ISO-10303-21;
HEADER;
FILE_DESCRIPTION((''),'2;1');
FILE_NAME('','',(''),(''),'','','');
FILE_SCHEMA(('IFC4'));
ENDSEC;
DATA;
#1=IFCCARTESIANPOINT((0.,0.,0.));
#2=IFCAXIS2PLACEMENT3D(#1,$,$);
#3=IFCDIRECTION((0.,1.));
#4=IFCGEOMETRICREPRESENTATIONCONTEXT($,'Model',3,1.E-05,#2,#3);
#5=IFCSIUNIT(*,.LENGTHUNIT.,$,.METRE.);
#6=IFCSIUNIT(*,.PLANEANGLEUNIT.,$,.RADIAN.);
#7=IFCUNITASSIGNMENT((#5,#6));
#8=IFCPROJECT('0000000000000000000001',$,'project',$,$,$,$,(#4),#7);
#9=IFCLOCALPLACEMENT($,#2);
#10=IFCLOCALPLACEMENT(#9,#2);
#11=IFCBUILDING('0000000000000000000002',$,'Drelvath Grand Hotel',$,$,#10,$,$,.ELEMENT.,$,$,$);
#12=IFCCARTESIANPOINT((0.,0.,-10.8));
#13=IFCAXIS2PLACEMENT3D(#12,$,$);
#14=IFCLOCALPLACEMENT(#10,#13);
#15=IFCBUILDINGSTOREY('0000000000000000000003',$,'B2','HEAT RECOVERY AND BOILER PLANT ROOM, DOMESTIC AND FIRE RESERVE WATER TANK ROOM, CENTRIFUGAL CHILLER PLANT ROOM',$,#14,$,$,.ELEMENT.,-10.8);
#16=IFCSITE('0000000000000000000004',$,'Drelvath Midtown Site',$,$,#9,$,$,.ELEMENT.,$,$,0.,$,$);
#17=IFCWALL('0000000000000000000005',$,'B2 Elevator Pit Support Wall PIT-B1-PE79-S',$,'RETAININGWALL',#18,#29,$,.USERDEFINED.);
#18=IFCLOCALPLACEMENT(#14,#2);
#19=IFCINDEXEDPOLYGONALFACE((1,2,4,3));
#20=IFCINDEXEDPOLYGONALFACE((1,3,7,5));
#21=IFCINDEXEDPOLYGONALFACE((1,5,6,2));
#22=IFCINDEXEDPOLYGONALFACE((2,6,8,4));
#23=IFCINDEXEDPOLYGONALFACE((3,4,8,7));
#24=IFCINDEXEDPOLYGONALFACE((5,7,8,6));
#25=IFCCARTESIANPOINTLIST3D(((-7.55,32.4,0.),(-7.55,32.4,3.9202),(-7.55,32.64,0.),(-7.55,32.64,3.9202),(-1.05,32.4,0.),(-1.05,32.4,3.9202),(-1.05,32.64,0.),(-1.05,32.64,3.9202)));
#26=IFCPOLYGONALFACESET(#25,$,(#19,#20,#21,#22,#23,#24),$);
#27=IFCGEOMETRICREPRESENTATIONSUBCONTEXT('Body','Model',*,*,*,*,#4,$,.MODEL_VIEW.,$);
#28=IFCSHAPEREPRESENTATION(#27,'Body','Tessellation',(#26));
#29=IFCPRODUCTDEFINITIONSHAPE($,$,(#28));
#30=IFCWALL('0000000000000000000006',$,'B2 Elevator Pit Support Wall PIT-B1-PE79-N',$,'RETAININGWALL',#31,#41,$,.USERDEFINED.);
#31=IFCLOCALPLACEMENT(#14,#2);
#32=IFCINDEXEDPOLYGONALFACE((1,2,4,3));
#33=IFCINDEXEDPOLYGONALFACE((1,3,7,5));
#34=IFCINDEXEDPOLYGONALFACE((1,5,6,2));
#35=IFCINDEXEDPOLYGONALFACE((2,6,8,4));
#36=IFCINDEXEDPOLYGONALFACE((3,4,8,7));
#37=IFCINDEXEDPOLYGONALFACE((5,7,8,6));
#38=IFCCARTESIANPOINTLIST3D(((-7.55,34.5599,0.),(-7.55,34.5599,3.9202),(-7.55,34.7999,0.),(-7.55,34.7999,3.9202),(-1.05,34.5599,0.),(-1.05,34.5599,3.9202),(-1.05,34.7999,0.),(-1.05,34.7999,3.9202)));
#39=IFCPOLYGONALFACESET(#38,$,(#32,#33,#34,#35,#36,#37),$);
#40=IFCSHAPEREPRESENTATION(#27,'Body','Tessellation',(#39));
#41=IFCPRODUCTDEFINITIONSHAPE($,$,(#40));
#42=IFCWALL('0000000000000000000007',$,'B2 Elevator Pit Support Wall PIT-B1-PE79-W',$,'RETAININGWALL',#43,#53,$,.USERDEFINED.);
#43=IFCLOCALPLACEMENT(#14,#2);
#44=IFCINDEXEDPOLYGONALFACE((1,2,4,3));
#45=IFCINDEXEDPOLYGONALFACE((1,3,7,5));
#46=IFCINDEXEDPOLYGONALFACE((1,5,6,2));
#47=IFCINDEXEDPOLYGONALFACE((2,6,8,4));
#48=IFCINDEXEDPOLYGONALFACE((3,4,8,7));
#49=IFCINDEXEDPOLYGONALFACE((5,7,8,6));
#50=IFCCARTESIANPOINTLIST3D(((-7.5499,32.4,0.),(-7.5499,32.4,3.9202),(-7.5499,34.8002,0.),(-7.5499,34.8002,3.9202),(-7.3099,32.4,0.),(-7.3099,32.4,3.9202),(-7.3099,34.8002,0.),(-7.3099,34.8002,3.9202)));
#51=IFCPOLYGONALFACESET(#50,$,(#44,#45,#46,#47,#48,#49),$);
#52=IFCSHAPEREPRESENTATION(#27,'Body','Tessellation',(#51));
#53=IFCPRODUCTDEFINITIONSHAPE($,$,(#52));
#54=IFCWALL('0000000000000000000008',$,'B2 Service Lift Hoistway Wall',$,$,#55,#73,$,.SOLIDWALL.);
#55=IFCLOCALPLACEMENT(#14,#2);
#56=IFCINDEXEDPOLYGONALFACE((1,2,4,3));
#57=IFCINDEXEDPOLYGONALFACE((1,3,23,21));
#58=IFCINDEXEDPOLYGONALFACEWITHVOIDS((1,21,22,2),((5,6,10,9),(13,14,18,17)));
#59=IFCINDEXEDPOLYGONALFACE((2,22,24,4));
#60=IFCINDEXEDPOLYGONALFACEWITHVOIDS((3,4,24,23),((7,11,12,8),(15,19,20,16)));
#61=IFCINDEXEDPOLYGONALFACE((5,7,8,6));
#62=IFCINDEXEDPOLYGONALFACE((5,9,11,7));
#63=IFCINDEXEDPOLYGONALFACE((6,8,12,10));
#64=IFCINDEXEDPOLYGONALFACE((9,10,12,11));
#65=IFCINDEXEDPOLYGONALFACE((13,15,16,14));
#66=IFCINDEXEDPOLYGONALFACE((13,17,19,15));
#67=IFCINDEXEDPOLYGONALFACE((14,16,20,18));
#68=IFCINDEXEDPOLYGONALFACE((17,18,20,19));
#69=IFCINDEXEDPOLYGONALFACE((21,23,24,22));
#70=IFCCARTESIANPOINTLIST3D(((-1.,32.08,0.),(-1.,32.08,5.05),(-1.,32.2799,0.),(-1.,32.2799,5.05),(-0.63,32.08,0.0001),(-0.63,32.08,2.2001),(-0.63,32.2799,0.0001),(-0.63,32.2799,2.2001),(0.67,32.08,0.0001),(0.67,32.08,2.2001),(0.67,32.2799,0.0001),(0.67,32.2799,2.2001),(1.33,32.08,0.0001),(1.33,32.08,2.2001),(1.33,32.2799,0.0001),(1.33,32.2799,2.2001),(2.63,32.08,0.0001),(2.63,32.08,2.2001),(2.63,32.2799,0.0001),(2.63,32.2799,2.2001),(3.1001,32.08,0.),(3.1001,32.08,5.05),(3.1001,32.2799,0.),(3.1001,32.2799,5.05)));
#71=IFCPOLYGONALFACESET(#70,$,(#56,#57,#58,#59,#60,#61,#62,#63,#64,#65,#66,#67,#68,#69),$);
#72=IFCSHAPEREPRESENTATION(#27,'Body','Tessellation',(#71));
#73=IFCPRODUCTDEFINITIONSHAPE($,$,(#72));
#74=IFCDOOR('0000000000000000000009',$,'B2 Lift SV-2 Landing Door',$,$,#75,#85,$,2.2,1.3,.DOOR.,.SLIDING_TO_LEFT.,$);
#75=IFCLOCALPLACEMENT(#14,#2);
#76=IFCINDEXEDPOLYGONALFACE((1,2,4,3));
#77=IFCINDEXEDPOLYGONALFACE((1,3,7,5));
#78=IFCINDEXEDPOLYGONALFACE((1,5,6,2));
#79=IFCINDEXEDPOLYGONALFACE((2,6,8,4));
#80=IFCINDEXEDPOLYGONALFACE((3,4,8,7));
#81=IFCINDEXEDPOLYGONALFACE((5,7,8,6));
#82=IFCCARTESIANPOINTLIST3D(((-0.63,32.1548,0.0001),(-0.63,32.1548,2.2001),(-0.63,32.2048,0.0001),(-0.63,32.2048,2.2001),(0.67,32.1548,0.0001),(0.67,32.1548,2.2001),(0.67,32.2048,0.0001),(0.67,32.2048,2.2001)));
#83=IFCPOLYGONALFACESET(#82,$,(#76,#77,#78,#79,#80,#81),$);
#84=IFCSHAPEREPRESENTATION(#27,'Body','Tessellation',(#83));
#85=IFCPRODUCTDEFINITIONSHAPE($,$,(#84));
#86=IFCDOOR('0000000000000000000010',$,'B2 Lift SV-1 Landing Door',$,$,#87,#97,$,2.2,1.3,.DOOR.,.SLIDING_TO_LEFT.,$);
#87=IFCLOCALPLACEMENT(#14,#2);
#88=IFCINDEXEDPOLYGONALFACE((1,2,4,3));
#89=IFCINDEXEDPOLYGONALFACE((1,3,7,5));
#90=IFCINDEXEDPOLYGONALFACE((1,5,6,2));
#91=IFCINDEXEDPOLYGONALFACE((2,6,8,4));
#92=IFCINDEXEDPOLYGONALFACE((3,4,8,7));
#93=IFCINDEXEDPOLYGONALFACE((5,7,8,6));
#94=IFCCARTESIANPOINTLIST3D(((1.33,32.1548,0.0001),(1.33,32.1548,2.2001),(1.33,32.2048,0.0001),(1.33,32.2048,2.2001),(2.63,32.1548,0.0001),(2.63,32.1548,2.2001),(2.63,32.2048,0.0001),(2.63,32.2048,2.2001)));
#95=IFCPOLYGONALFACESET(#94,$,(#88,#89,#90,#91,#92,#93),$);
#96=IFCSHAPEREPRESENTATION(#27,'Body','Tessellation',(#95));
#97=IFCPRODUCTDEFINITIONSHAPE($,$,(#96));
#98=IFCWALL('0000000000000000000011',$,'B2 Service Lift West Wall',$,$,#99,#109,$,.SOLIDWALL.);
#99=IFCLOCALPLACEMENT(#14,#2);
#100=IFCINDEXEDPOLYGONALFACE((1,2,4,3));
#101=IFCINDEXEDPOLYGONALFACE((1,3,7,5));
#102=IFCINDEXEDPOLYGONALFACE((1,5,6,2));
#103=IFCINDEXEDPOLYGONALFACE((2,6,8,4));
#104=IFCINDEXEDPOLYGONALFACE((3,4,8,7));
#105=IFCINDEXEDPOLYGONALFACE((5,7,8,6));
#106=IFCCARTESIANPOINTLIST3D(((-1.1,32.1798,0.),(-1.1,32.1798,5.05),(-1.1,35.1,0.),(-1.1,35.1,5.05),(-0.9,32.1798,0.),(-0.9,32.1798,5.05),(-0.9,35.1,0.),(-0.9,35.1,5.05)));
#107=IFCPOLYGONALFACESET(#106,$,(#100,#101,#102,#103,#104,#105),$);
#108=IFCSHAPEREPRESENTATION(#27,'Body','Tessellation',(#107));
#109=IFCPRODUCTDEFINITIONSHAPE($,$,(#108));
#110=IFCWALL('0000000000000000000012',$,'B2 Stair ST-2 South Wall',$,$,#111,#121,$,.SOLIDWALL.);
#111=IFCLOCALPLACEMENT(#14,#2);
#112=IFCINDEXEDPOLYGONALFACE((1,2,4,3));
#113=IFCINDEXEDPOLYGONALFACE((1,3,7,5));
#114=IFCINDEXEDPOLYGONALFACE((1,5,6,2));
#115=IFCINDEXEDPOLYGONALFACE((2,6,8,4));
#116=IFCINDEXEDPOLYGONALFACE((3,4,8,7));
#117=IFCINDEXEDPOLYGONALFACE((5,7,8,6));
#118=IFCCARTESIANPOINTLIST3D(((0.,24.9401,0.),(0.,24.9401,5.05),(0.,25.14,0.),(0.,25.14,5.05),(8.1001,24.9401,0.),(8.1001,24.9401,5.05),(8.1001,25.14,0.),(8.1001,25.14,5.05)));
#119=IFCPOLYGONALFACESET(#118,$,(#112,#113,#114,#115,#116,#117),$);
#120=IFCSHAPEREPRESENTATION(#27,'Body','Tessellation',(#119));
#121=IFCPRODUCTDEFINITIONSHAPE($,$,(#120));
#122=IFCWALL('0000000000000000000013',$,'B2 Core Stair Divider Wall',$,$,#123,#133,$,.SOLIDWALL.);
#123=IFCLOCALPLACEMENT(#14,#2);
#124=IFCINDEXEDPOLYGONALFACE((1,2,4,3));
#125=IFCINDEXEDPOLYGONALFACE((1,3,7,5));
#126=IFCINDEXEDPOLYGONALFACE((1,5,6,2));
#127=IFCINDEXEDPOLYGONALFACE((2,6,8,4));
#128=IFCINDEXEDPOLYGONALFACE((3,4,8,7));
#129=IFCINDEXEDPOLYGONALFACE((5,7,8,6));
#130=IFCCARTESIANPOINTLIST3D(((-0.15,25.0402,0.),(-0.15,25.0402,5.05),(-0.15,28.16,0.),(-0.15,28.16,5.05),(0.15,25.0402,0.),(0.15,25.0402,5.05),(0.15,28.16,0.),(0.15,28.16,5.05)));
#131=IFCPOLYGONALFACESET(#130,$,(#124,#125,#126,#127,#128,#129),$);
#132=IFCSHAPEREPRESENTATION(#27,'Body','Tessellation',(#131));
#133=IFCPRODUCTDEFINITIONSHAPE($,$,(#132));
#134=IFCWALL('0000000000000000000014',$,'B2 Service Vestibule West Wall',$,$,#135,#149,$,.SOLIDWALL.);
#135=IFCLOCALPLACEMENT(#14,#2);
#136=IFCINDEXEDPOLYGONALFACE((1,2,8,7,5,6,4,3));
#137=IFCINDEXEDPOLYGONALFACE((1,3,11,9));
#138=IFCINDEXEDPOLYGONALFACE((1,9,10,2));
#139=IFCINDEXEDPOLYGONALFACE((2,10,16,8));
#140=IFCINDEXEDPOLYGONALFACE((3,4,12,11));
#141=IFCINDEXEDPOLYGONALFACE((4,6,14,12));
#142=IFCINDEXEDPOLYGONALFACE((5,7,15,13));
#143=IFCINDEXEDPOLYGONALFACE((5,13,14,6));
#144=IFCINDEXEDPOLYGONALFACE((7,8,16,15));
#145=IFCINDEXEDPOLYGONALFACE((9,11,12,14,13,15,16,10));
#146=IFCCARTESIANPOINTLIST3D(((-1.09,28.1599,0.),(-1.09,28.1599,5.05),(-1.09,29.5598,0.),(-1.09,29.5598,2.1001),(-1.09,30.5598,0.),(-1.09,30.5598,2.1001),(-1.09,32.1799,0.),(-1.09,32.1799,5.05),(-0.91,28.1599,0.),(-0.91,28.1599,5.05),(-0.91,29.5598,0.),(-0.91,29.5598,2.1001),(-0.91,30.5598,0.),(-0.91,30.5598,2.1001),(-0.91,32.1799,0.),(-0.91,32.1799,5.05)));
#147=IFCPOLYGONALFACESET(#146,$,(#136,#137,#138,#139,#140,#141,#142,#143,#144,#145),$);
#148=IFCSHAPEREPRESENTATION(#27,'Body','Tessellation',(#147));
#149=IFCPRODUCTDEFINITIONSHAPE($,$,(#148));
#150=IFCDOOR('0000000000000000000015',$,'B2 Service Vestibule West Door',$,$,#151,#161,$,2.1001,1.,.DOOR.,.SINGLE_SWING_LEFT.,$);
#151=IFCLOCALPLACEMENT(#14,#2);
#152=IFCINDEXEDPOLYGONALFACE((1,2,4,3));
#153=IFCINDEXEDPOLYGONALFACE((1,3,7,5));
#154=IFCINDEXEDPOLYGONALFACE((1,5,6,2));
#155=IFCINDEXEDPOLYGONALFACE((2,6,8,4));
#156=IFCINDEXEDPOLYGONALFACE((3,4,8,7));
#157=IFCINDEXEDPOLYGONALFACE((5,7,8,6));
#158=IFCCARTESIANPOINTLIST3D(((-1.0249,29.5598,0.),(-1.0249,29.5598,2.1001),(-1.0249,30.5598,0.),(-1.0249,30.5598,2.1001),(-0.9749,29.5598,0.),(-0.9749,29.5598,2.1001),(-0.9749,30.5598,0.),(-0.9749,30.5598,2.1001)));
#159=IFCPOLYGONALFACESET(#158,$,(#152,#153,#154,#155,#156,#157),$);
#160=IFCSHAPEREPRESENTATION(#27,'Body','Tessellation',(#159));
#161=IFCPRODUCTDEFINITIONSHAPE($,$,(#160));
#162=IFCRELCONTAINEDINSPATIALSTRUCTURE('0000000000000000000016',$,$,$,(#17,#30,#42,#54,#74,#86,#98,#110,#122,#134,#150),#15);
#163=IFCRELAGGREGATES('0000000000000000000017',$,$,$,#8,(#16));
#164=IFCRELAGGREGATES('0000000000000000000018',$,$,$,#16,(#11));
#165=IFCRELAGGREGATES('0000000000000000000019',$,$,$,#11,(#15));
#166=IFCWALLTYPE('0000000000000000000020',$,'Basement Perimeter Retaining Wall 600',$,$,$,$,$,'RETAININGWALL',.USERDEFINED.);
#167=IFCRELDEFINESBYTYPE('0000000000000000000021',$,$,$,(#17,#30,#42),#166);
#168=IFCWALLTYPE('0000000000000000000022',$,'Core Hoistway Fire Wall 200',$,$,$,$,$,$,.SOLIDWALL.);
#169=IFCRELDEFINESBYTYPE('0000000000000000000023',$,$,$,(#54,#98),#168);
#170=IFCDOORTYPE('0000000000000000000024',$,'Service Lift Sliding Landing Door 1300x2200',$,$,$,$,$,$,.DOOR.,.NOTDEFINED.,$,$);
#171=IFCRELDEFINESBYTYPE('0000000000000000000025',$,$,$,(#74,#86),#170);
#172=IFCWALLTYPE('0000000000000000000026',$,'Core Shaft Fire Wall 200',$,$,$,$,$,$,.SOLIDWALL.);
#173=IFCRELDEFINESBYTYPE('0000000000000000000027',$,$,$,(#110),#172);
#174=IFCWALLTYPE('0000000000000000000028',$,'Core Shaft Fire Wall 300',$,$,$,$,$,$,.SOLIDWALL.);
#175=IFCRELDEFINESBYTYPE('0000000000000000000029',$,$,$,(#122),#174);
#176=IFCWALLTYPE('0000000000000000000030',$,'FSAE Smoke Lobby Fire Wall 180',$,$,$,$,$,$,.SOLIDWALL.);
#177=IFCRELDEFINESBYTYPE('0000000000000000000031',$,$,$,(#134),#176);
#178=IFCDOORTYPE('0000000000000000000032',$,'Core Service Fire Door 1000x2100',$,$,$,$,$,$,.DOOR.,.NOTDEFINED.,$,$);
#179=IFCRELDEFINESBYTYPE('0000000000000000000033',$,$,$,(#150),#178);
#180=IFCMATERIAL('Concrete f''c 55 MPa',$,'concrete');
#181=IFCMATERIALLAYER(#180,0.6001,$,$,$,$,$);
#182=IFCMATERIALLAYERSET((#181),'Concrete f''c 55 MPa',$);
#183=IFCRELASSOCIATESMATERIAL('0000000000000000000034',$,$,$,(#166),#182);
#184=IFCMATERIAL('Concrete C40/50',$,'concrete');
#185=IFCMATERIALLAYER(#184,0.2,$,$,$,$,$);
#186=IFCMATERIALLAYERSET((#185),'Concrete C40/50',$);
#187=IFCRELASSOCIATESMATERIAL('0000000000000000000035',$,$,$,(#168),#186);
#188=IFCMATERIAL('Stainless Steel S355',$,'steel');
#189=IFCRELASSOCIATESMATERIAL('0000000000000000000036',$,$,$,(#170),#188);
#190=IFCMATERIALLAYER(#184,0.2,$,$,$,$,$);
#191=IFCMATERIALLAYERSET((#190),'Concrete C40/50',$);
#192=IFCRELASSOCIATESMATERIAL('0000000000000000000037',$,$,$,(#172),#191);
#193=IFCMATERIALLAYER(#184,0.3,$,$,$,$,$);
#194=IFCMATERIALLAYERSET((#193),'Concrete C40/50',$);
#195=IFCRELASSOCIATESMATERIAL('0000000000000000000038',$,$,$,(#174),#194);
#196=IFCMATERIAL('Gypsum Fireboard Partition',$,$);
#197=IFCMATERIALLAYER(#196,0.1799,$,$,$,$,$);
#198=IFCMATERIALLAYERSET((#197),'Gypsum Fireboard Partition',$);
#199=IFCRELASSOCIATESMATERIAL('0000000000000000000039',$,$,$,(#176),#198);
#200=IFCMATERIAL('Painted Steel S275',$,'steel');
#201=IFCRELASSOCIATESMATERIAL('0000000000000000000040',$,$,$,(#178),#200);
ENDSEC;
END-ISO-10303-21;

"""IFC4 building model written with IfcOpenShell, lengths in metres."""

from ifc_helpers import new_model, si_unit, direction, frame, frame_2d, origin, place, context, subcontext, project, spatial, rectangle, extrude, material, layer, layer_set, type_object, element, fill, save


model = new_model("IFC4")

# Units and contexts
model_context = context("Model", 3, precision=1e-05, world=origin(), true_north=direction((0.0, 1.0)))
body_context = subcontext(model_context, "Body", "Model", "MODEL_VIEW")
ifc_project = project(units=[si_unit("LENGTHUNIT", "METRE"), si_unit("PLANEANGLEUNIT", "RADIAN")], contexts=[model_context])

# Site, building, storey
site_placement = place(None, origin())
site = spatial("IfcSite", under=ifc_project, at=site_placement, Name="Drelvath Midtown Site", CompositionType="ELEMENT", RefElevation=0.0)
building_placement = place(site_placement, origin())
building = spatial("IfcBuilding", under=site, at=building_placement, Name="Drelvath Grand Hotel", CompositionType="ELEMENT")
storey_placement = place(building_placement, frame((0.0, 0.0, -10.8)))
storey = spatial("IfcBuildingStorey", under=building, at=storey_placement, Name="B2", Description="HEAT RECOVERY AND BOILER PLANT ROOM, DOMESTIC AND FIRE RESERVE WATER TANK ROOM, CENTRIFUGAL CHILLER PLANT ROOM", CompositionType="ELEMENT", Elevation=-10.8)

# Shared definitions
ifc_material_1 = material(Name="Concrete f'c 55 MPa", Category="concrete")

# Walls
ifc_layer_1 = layer(ifc_material_1, 0.6001)
ifc_layer_set_1 = layer_set([ifc_layer_1], Name="Concrete f'c 55 MPa")
wall_type_1 = type_object("IfcWallType", Name="Basement Perimeter Retaining Wall 600", ElementType="RETAININGWALL", PredefinedType="USERDEFINED", material=ifc_layer_set_1)
for number, where, z_axis, x_axis, name in (
    (1, (-7.55, 32.52, 0.0), (0.0, 0.0, 1.0), (1.0, 0.0, 0.0), "B2 Elevator Pit Support Wall PIT-B1-PE79-S"),
    (2, (-7.55, 34.6799, 0.0), (0.0, 0.0, 1.0), (1.0, 0.0, 0.0), "B2 Elevator Pit Support Wall PIT-B1-PE79-N"),
):
    element("IfcWall", number, at=place(storey_placement, frame(where, z_axis=z_axis, x_axis=x_axis)), inside=storey, type_object=wall_type_1, Name=name, ObjectType="RETAININGWALL", PredefinedType="USERDEFINED", context=body_context, shape_type="SweptSolid", body=[
        extrude(rectangle(XDim=6.5, YDim=0.24, at=frame_2d((3.25, 0.0))), origin(), (0.0, 0.0, 1.0), 3.9202),
    ])
wall_1_placement = place(storey_placement, frame((-7.4299, 32.3999, 0.0), z_axis=(0.0, 0.0, 1.0), x_axis=(0.0, 1.0, 0.0)))
element("IfcWall", 3, at=wall_1_placement, inside=storey, type_object=wall_type_1, Name="B2 Elevator Pit Support Wall PIT-B1-PE79-W", ObjectType="RETAININGWALL", PredefinedType="USERDEFINED", context=body_context, shape_type="SweptSolid", body=[
    extrude(rectangle(XDim=2.4001, YDim=0.24, at=frame_2d((1.2002, 0.0))), origin(), (0.0, 0.0, 1.0), 3.9202),
])

# Wall, openings, doors
ifc_material_2 = material(Name="Concrete C40/50", Category="concrete")
ifc_layer_2 = layer(ifc_material_2, 0.2)
ifc_layer_set_2 = layer_set([ifc_layer_2], Name="Concrete C40/50")
wall_type_2 = type_object("IfcWallType", Name="Core Hoistway Fire Wall 200", PredefinedType="SOLIDWALL", material=ifc_layer_set_2)
wall_2_placement = place(storey_placement, frame((-1.0, 32.1799, 0.0), z_axis=(0.0, 0.0, 1.0), x_axis=(1.0, 0.0, 0.0)))
wall_2 = element("IfcWall", 4, at=wall_2_placement, inside=storey, type_object=wall_type_2, Name="B2 Service Lift Hoistway Wall", PredefinedType="SOLIDWALL", context=body_context, shape_type="SweptSolid", body=[
    extrude(rectangle(XDim=4.1001, YDim=0.2, at=frame_2d((2.05, 0.0))), origin(), (0.0, 0.0, 1.0), 5.05),
])
opening_1_placement = place(wall_2_placement, frame((0.3701, 0.0, 0.0)))
opening_1 = element("IfcOpeningElement", 5, at=opening_1_placement, cuts=wall_2, PredefinedType="OPENING", context=body_context, shape_type="SweptSolid", body=[
    extrude(rectangle(XDim=1.3, YDim=2.2, at=frame_2d((0.6499, 1.1001))), frame((0.0, 0.1099, 0.0), z_axis=(0.0, -1.0, 0.0), x_axis=(1.0, 0.0, 0.0)), (0.0, 0.0, 1.0), 0.22),
])
opening_2_placement = place(wall_2_placement, frame((2.3301, 0.0, 0.0)))
opening_2 = element("IfcOpeningElement", 6, at=opening_2_placement, cuts=wall_2, PredefinedType="OPENING", context=body_context, shape_type="SweptSolid", body=[
    extrude(rectangle(XDim=1.3, YDim=2.2, at=frame_2d((0.6499, 1.1001))), frame((0.0, 0.1099, 0.0), z_axis=(0.0, -1.0, 0.0), x_axis=(1.0, 0.0, 0.0)), (0.0, 0.0, 1.0), 0.22),
])
ifc_material_3 = material(Name="Stainless Steel S355", Category="steel")
door_type_1 = type_object("IfcDoorType", Name="Service Lift Sliding Landing Door 1300x2200", OperationType="NOTDEFINED", PredefinedType="DOOR", material=ifc_material_3)
door_1_placement = place(opening_1_placement, origin())
door_1 = element("IfcDoor", 7, at=door_1_placement, inside=storey, type_object=door_type_1, Name="B2 Lift SV-2 Landing Door", OperationType="SLIDING_TO_LEFT", OverallHeight=2.2, OverallWidth=1.3, PredefinedType="DOOR", context=body_context, shape_type="SweptSolid", body=[
    extrude(rectangle(XDim=1.3, YDim=2.2, at=frame_2d((0.6499, 1.1001))), frame((0.0, 0.0249, 0.0), z_axis=(0.0, -1.0, 0.0), x_axis=(1.0, 0.0, 0.0)), (0.0, 0.0, 1.0), 0.05),
])
fill(opening_1, door_1)
door_2_placement = place(opening_2_placement, origin())
door_2 = element("IfcDoor", 8, at=door_2_placement, inside=storey, type_object=door_type_1, Name="B2 Lift SV-1 Landing Door", OperationType="SLIDING_TO_LEFT", OverallHeight=2.2, OverallWidth=1.3, PredefinedType="DOOR", context=body_context, shape_type="SweptSolid", body=[
    extrude(rectangle(XDim=1.3, YDim=2.2, at=frame_2d((0.6499, 1.1001))), frame((0.0, 0.0249, 0.0), z_axis=(0.0, -1.0, 0.0), x_axis=(1.0, 0.0, 0.0)), (0.0, 0.0, 1.0), 0.05),
])
fill(opening_2, door_2)

# Walls
wall_3_placement = place(storey_placement, frame((-1.0, 32.1799, 0.0), z_axis=(0.0, 0.0, 1.0), x_axis=(0.0, 1.0, 0.0)))
element("IfcWall", 9, at=wall_3_placement, inside=storey, type_object=wall_type_2, Name="B2 Service Lift West Wall", PredefinedType="SOLIDWALL", context=body_context, shape_type="SweptSolid", body=[
    extrude(rectangle(XDim=2.9202, YDim=0.2, at=frame_2d((1.46, 0.0))), origin(), (0.0, 0.0, 1.0), 5.05),
])
ifc_layer_3 = layer(ifc_material_2, 0.2)
ifc_layer_set_3 = layer_set([ifc_layer_3], Name="Concrete C40/50")
wall_type_3 = type_object("IfcWallType", Name="Core Shaft Fire Wall 200", PredefinedType="SOLIDWALL", material=ifc_layer_set_3)
wall_4_placement = place(storey_placement, frame((0.0, 25.04, 0.0), z_axis=(0.0, 0.0, 1.0), x_axis=(1.0, 0.0, 0.0)))
element("IfcWall", 10, at=wall_4_placement, inside=storey, type_object=wall_type_3, Name="B2 Stair ST-2 South Wall", PredefinedType="SOLIDWALL", context=body_context, shape_type="SweptSolid", body=[
    extrude(rectangle(XDim=8.1001, YDim=0.2, at=frame_2d((4.05, 0.0))), origin(), (0.0, 0.0, 1.0), 5.05),
])
ifc_layer_4 = layer(ifc_material_2, 0.3)
ifc_layer_set_4 = layer_set([ifc_layer_4], Name="Concrete C40/50")
wall_type_4 = type_object("IfcWallType", Name="Core Shaft Fire Wall 300", PredefinedType="SOLIDWALL", material=ifc_layer_set_4)
wall_5_placement = place(storey_placement, frame((0.0, 25.04, 0.0), z_axis=(0.0, 0.0, 1.0), x_axis=(0.0, 1.0, 0.0)))
element("IfcWall", 11, at=wall_5_placement, inside=storey, type_object=wall_type_4, Name="B2 Core Stair Divider Wall", PredefinedType="SOLIDWALL", context=body_context, shape_type="SweptSolid", body=[
    extrude(rectangle(XDim=3.1199, YDim=0.3, at=frame_2d((1.5601, 0.0))), origin(), (0.0, 0.0, 1.0), 5.05),
])

# Wall, opening, door
ifc_material_4 = material(Name="Gypsum Fireboard Partition")
ifc_layer_5 = layer(ifc_material_4, 0.1799)
ifc_layer_set_5 = layer_set([ifc_layer_5], Name="Gypsum Fireboard Partition")
wall_type_5 = type_object("IfcWallType", Name="FSAE Smoke Lobby Fire Wall 180", PredefinedType="SOLIDWALL", material=ifc_layer_set_5)
wall_6_placement = place(storey_placement, frame((-1.0, 28.1599, 0.0), z_axis=(0.0, 0.0, 1.0), x_axis=(0.0, 1.0, 0.0)))
wall_6 = element("IfcWall", 12, at=wall_6_placement, inside=storey, type_object=wall_type_5, Name="B2 Service Vestibule West Wall", PredefinedType="SOLIDWALL", context=body_context, shape_type="SweptSolid", body=[
    extrude(rectangle(XDim=4.02, YDim=0.1799, at=frame_2d((2.01, 0.0))), origin(), (0.0, 0.0, 1.0), 5.05),
])
opening_3_placement = place(wall_6_placement, frame((1.3999, 0.0, 0.0)))
opening_3 = element("IfcOpeningElement", 13, at=opening_3_placement, cuts=wall_6, PredefinedType="OPENING", context=body_context, shape_type="SweptSolid", body=[
    extrude(rectangle(XDim=1.0, YDim=2.1001, at=frame_2d((0.5, 1.05))), frame((0.0, 0.0999, 0.0), z_axis=(0.0, -1.0, 0.0), x_axis=(1.0, 0.0, 0.0)), (0.0, 0.0, 1.0), 0.2),
])
ifc_material_5 = material(Name="Painted Steel S275", Category="steel")
door_type_2 = type_object("IfcDoorType", Name="Core Service Fire Door 1000x2100", OperationType="NOTDEFINED", PredefinedType="DOOR", material=ifc_material_5)
door_3_placement = place(opening_3_placement, origin())
door_3 = element("IfcDoor", 14, at=door_3_placement, inside=storey, type_object=door_type_2, Name="B2 Service Vestibule West Door", OperationType="SINGLE_SWING_LEFT", OverallHeight=2.1001, OverallWidth=1.0, PredefinedType="DOOR", context=body_context, shape_type="SweptSolid", body=[
    extrude(rectangle(XDim=1.0, YDim=2.1001, at=frame_2d((0.5, 1.05))), frame((0.0, 0.0249, 0.0), z_axis=(0.0, -1.0, 0.0), x_axis=(1.0, 0.0, 0.0)), (0.0, 0.0, 1.0), 0.05),
])
fill(opening_3, door_3)

save(model, "model.ifc")
